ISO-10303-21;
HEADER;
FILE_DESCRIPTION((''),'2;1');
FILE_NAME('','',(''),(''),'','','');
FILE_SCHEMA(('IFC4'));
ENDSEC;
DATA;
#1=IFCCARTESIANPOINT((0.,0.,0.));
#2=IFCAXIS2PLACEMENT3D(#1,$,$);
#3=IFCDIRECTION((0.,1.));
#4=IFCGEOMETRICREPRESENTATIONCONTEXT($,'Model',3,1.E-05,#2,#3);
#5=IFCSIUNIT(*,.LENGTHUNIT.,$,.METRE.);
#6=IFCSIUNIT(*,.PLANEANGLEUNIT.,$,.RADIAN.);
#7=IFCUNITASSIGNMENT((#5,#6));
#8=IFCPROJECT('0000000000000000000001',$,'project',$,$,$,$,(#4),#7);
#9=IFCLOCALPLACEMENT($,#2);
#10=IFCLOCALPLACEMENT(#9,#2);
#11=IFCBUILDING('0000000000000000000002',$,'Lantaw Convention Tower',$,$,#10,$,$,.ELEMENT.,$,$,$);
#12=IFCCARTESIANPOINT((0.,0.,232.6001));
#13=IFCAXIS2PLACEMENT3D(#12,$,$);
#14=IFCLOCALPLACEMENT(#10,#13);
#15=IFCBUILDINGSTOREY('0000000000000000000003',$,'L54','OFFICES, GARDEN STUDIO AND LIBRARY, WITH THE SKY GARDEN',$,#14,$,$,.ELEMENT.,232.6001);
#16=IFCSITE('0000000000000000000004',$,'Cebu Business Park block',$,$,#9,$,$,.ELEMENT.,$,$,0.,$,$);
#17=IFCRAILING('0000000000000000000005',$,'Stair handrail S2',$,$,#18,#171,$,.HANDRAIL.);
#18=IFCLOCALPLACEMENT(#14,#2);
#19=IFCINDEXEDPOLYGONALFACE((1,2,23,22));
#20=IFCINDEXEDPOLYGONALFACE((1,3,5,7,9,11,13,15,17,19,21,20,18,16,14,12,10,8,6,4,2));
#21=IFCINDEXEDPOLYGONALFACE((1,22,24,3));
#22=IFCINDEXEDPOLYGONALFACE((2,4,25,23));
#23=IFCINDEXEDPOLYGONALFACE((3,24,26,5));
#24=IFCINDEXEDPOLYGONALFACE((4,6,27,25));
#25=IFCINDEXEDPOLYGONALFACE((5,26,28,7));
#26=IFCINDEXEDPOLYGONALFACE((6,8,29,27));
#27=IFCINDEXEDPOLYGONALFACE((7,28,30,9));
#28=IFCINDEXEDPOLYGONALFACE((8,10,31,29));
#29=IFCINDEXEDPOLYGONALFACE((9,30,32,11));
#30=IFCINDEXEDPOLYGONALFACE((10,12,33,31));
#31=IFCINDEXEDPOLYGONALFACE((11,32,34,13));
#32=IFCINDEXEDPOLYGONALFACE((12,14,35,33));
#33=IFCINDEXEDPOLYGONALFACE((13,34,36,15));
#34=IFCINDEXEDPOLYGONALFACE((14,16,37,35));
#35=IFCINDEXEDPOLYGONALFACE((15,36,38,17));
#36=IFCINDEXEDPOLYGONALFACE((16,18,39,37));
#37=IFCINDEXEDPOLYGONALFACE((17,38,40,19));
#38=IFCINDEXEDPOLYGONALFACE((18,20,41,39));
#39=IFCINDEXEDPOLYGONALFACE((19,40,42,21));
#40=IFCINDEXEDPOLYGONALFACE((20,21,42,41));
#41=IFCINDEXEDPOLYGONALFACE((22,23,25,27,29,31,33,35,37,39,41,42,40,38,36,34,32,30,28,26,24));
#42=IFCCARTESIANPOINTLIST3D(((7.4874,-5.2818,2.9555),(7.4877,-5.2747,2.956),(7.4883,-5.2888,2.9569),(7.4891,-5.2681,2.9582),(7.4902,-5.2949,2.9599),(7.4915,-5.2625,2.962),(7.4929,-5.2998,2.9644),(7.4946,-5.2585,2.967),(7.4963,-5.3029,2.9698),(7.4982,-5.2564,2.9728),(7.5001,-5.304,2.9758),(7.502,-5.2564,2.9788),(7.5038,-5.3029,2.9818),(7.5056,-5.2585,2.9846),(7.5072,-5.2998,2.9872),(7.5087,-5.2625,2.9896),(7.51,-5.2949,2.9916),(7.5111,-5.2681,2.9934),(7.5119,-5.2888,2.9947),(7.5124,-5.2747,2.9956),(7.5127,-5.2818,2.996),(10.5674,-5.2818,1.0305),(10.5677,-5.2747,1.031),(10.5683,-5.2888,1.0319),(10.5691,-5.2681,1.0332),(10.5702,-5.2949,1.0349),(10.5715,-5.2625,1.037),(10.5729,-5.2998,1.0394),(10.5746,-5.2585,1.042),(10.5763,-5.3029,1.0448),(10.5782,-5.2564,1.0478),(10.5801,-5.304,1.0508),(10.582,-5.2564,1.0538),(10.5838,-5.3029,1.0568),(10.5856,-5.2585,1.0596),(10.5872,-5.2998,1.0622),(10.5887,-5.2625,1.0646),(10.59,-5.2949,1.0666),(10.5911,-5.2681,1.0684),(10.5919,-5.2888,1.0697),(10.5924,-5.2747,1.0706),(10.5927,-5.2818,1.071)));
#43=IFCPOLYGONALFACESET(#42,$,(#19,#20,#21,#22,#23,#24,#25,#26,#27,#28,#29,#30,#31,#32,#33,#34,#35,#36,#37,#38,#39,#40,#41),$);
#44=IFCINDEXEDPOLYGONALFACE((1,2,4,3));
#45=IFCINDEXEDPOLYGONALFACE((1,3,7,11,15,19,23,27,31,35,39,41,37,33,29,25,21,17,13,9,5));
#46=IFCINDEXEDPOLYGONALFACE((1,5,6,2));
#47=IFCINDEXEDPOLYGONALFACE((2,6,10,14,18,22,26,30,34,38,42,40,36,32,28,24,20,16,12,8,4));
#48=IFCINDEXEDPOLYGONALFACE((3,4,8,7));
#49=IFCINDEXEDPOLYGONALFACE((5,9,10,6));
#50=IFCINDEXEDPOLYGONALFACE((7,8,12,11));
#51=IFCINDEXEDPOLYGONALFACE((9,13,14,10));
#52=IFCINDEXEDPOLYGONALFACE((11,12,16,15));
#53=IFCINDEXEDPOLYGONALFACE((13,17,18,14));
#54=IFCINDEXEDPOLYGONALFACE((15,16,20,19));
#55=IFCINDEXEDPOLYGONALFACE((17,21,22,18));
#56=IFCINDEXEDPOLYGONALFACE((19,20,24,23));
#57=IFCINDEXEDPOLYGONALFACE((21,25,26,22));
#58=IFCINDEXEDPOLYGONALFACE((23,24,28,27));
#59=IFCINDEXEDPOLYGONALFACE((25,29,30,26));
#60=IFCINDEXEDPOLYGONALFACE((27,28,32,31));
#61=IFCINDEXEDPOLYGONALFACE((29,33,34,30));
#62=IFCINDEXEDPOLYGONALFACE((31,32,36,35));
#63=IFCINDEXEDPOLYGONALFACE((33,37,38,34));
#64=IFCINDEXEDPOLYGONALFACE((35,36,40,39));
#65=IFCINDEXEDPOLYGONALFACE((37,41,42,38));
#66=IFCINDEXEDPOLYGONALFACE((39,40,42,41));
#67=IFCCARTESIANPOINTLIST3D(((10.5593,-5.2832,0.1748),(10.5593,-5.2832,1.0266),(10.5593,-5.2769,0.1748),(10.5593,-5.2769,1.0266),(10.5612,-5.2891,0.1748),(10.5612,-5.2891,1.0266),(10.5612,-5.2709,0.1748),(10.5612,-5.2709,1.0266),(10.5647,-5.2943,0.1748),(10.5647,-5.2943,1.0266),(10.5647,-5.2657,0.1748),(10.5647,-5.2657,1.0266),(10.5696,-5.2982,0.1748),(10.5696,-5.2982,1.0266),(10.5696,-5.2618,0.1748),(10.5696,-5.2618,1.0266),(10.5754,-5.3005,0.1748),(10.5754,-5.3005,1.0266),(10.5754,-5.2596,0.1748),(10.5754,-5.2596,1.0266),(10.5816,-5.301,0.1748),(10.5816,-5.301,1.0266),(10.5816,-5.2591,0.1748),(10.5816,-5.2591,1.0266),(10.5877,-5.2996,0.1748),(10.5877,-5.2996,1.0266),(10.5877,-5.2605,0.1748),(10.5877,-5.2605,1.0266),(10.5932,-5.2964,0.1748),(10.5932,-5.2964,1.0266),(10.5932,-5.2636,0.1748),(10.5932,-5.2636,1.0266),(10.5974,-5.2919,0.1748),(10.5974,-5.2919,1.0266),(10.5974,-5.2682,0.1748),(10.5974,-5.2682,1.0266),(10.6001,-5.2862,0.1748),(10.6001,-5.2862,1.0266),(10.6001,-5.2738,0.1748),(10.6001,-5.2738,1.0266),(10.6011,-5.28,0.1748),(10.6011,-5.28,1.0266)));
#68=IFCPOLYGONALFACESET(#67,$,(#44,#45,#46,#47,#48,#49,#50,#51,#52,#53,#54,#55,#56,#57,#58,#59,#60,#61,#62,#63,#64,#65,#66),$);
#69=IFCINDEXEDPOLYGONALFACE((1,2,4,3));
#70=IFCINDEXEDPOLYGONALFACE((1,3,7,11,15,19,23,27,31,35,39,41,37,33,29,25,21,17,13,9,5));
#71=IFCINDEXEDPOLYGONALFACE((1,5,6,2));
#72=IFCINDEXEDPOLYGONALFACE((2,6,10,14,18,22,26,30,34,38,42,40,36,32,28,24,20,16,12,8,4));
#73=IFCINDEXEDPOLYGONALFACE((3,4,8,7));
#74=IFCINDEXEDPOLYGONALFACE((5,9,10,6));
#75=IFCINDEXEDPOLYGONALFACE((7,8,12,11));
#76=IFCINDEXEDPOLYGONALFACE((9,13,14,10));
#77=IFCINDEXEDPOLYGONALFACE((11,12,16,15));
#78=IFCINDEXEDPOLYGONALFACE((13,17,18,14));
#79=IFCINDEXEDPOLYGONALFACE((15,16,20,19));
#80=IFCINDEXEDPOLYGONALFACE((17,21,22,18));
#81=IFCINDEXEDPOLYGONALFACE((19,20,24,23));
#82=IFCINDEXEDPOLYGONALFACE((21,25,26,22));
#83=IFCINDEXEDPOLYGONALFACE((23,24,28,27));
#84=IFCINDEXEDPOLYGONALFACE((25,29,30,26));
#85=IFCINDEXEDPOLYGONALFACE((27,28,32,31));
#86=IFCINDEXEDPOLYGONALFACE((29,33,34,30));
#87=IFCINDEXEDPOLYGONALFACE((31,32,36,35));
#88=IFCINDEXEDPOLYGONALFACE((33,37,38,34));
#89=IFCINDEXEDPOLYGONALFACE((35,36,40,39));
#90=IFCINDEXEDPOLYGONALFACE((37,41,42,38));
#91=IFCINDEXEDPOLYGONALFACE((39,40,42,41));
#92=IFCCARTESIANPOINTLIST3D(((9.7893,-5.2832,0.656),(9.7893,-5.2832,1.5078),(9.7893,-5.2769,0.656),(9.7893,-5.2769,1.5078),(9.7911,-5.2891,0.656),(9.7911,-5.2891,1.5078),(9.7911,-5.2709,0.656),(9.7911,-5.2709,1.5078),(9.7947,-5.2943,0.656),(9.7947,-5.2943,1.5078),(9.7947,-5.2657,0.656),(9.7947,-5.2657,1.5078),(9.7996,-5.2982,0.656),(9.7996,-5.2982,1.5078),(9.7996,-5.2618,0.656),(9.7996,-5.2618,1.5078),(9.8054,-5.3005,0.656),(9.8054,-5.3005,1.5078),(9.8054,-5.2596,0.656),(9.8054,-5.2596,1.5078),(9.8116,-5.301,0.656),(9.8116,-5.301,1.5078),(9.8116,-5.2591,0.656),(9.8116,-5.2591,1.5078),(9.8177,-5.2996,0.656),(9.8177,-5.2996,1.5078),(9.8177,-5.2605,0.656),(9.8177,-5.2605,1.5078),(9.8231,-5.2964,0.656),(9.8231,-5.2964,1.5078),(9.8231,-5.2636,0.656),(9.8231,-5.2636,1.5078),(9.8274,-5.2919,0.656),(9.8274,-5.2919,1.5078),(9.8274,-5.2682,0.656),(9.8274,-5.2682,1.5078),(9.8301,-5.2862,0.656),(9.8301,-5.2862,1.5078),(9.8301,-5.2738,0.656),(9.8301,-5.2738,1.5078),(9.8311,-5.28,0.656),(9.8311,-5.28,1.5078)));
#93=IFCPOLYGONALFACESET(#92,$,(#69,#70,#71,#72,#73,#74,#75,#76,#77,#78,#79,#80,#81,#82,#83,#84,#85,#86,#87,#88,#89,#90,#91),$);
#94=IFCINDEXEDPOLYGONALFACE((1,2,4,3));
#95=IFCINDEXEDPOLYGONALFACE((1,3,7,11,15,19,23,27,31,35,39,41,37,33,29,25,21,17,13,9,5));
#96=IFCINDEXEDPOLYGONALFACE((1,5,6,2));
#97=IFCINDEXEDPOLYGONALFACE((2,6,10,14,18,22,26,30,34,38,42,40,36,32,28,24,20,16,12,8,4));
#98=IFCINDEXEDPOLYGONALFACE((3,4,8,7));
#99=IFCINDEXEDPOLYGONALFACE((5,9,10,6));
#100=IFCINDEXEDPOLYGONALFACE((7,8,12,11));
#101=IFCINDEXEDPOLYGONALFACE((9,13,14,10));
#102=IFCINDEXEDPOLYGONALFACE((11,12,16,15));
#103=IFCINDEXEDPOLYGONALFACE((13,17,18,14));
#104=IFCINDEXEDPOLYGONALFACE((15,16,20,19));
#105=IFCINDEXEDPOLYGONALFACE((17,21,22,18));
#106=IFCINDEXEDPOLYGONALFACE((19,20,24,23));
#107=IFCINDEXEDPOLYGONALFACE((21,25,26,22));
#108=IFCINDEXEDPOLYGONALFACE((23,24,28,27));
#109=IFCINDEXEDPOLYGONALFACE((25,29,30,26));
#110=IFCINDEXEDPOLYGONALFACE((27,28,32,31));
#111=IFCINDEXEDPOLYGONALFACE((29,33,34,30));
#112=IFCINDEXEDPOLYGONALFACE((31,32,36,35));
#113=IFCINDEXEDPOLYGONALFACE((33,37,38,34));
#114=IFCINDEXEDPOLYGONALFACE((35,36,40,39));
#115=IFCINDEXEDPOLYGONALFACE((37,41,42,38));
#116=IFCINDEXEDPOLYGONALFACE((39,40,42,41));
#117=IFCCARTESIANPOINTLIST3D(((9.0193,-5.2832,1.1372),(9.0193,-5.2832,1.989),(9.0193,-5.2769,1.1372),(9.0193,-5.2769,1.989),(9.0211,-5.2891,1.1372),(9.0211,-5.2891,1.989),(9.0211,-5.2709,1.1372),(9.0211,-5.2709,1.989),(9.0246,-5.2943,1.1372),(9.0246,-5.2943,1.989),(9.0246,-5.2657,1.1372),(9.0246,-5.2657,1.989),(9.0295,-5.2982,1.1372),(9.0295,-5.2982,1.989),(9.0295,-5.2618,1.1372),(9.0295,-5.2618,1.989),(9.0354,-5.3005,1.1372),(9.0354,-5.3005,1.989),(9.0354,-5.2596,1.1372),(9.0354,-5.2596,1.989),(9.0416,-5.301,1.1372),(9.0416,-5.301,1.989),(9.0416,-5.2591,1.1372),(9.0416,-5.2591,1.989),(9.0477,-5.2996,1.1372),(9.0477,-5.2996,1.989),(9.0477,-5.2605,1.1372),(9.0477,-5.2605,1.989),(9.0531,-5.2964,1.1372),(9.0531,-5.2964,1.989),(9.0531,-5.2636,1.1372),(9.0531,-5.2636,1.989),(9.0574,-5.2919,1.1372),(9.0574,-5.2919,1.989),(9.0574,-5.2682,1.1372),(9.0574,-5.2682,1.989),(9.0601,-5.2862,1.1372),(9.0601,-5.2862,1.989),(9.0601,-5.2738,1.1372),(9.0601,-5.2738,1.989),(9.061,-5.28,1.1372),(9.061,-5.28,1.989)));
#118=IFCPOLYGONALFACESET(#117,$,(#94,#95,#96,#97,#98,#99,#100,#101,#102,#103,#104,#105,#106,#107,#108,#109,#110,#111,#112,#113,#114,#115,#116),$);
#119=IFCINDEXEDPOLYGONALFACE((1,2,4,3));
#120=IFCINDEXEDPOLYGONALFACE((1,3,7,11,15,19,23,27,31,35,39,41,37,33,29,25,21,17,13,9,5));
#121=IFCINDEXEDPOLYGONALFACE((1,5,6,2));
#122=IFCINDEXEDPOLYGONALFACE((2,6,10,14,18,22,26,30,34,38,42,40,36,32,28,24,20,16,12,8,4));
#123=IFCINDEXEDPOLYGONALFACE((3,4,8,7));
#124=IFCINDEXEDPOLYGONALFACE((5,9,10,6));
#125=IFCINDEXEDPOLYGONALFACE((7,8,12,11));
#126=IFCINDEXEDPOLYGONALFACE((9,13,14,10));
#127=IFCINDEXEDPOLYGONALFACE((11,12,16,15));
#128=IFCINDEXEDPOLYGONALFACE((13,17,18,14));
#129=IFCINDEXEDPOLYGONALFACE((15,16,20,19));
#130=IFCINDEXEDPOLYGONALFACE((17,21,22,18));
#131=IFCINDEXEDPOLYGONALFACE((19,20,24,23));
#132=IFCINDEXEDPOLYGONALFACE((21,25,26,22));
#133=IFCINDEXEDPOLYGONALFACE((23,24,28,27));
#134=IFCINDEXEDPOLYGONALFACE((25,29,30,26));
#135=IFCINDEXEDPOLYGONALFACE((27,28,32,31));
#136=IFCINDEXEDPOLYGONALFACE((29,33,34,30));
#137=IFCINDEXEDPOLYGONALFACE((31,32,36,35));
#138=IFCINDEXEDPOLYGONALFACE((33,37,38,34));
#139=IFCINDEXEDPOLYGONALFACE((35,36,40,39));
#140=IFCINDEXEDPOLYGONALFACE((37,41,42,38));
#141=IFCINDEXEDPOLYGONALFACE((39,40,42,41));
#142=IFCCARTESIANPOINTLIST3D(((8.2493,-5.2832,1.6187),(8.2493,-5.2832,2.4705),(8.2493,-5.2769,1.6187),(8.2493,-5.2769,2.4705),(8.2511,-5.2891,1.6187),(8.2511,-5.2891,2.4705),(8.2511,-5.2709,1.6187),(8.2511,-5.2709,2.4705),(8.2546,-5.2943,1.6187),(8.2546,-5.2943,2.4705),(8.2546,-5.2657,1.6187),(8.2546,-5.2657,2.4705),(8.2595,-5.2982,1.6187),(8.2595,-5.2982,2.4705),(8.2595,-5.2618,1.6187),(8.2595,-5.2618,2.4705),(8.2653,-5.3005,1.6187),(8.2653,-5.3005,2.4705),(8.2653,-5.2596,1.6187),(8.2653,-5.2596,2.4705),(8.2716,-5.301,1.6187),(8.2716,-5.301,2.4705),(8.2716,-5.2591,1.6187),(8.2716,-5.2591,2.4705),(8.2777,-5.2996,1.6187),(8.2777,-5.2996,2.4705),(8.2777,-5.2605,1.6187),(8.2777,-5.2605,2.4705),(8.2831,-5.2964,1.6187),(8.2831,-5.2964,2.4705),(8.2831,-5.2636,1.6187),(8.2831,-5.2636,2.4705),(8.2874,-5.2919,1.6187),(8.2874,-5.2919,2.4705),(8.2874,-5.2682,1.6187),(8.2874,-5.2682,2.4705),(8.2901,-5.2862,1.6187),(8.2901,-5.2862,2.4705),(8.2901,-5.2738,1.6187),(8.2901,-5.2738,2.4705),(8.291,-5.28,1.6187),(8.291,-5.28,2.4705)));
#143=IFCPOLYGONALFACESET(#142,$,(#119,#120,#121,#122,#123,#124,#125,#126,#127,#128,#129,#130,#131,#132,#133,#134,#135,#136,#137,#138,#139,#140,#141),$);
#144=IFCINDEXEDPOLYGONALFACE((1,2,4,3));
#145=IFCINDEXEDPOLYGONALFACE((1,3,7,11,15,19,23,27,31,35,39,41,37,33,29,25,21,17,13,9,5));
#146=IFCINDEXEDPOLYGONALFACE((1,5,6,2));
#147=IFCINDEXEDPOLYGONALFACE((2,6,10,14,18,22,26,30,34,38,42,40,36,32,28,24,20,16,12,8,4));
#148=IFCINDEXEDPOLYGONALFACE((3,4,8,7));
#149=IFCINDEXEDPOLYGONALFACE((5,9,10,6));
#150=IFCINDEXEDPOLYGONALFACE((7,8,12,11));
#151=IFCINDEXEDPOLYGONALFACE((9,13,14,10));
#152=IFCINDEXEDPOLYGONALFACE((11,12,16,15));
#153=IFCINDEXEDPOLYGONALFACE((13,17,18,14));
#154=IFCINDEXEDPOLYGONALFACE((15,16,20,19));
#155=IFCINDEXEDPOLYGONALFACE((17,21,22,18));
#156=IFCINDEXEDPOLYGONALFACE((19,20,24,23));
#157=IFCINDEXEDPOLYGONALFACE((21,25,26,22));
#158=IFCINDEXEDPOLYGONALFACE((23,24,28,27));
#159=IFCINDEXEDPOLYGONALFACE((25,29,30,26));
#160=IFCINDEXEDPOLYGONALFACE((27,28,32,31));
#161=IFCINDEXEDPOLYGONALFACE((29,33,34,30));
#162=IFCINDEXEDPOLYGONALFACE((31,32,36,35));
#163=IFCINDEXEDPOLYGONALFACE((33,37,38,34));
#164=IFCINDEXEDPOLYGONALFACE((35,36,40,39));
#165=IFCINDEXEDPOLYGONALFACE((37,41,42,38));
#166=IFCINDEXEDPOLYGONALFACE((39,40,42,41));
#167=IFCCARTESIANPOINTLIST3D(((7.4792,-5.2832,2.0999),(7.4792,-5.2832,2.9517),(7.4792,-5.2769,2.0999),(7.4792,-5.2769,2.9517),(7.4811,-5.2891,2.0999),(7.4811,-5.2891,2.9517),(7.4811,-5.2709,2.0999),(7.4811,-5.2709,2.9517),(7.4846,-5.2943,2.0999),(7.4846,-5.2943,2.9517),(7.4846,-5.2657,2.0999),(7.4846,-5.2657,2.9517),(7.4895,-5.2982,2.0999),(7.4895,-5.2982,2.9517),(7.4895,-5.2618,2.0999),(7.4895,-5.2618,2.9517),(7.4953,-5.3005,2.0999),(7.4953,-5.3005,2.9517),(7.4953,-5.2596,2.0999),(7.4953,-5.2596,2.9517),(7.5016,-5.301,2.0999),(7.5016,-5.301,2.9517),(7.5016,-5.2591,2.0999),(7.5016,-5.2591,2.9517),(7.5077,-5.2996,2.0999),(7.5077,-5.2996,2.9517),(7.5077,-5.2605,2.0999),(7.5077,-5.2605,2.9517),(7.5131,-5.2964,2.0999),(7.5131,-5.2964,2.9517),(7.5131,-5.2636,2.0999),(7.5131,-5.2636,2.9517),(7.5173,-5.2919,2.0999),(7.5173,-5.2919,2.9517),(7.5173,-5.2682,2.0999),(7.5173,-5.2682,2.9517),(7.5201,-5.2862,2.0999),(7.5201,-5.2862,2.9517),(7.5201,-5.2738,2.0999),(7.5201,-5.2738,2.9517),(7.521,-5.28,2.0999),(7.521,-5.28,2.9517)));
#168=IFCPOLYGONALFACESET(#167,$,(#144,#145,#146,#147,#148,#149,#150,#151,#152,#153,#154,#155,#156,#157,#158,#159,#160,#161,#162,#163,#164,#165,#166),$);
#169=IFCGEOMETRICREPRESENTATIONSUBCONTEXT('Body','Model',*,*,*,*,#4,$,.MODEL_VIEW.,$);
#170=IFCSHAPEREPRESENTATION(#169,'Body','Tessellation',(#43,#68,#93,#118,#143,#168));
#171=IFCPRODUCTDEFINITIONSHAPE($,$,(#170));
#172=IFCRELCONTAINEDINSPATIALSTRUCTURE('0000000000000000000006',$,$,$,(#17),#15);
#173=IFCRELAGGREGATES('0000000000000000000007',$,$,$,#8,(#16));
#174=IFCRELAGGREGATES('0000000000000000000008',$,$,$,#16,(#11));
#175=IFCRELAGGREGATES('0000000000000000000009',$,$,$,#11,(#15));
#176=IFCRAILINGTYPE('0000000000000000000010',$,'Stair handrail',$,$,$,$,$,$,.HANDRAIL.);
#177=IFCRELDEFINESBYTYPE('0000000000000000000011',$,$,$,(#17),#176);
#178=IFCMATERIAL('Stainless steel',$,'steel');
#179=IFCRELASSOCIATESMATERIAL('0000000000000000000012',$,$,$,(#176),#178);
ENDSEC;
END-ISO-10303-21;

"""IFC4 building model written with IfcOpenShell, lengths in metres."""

from ifc_helpers import new_model, si_unit, direction, frame, origin, origin_2d, place, context, subcontext, project, spatial, circle, extrude, material, type_object, element, save


model = new_model("IFC4")

# Units and contexts
model_context = context("Model", 3, precision=1e-05, world=origin(), true_north=direction((0.0, 1.0)))
body_context = subcontext(model_context, "Body", "Model", "MODEL_VIEW")
ifc_project = project(units=[si_unit("LENGTHUNIT", "METRE"), si_unit("PLANEANGLEUNIT", "RADIAN")], contexts=[model_context])

# Site, building, storey
site_placement = place(None, origin())
site = spatial("IfcSite", under=ifc_project, at=site_placement, Name="Cebu Business Park block", CompositionType="ELEMENT", RefElevation=0.0)
building_placement = place(site_placement, origin())
building = spatial("IfcBuilding", under=site, at=building_placement, Name="Lantaw Convention Tower", CompositionType="ELEMENT")
storey_placement = place(building_placement, frame((0.0, 0.0, 232.6001)))
storey = spatial("IfcBuildingStorey", under=building, at=storey_placement, Name="L54", Description="OFFICES, GARDEN STUDIO AND LIBRARY, WITH THE SKY GARDEN", CompositionType="ELEMENT", Elevation=232.6001)

# Railing
ifc_material_1 = material(Name="Stainless steel", Category="steel")
railing_type = type_object("IfcRailingType", Name="Stair handrail", PredefinedType="HANDRAIL", material=ifc_material_1)
railing_1_placement = place(storey_placement, frame((10.5801, -5.28, 0.1748)))
element("IfcRailing", 1, at=railing_1_placement, inside=storey, type_object=railing_type, Name="Stair handrail S2", PredefinedType="HANDRAIL", context=body_context, shape_type="SweptSolid", body=[
    extrude(circle(Radius=0.0239, at=origin_2d()), frame((0.0, 0.0, 0.876), z_axis=(-0.847998, 0.0, 0.529999), x_axis=(0.0, -1.0, 0.0)), (0.0, 0.0, 1.0), 3.6321),
    extrude(circle(Radius=0.021, at=origin_2d()), origin(), (0.0, 0.0, 1.0), 0.8518),
    extrude(circle(Radius=0.021, at=origin_2d()), frame((-0.77, 0.0, 0.4812)), (0.0, 0.0, 1.0), 0.8518),
    extrude(circle(Radius=0.021, at=origin_2d()), frame((-1.54, 0.0, 0.9624)), (0.0, 0.0, 1.0), 0.8518),
    extrude(circle(Radius=0.021, at=origin_2d()), frame((-2.3101, 0.0, 1.4438)), (0.0, 0.0, 1.0), 0.8518),
    extrude(circle(Radius=0.021, at=origin_2d()), frame((-3.0801, 0.0, 1.925)), (0.0, 0.0, 1.0), 0.8518),
])

save(model, "model.ifc")
